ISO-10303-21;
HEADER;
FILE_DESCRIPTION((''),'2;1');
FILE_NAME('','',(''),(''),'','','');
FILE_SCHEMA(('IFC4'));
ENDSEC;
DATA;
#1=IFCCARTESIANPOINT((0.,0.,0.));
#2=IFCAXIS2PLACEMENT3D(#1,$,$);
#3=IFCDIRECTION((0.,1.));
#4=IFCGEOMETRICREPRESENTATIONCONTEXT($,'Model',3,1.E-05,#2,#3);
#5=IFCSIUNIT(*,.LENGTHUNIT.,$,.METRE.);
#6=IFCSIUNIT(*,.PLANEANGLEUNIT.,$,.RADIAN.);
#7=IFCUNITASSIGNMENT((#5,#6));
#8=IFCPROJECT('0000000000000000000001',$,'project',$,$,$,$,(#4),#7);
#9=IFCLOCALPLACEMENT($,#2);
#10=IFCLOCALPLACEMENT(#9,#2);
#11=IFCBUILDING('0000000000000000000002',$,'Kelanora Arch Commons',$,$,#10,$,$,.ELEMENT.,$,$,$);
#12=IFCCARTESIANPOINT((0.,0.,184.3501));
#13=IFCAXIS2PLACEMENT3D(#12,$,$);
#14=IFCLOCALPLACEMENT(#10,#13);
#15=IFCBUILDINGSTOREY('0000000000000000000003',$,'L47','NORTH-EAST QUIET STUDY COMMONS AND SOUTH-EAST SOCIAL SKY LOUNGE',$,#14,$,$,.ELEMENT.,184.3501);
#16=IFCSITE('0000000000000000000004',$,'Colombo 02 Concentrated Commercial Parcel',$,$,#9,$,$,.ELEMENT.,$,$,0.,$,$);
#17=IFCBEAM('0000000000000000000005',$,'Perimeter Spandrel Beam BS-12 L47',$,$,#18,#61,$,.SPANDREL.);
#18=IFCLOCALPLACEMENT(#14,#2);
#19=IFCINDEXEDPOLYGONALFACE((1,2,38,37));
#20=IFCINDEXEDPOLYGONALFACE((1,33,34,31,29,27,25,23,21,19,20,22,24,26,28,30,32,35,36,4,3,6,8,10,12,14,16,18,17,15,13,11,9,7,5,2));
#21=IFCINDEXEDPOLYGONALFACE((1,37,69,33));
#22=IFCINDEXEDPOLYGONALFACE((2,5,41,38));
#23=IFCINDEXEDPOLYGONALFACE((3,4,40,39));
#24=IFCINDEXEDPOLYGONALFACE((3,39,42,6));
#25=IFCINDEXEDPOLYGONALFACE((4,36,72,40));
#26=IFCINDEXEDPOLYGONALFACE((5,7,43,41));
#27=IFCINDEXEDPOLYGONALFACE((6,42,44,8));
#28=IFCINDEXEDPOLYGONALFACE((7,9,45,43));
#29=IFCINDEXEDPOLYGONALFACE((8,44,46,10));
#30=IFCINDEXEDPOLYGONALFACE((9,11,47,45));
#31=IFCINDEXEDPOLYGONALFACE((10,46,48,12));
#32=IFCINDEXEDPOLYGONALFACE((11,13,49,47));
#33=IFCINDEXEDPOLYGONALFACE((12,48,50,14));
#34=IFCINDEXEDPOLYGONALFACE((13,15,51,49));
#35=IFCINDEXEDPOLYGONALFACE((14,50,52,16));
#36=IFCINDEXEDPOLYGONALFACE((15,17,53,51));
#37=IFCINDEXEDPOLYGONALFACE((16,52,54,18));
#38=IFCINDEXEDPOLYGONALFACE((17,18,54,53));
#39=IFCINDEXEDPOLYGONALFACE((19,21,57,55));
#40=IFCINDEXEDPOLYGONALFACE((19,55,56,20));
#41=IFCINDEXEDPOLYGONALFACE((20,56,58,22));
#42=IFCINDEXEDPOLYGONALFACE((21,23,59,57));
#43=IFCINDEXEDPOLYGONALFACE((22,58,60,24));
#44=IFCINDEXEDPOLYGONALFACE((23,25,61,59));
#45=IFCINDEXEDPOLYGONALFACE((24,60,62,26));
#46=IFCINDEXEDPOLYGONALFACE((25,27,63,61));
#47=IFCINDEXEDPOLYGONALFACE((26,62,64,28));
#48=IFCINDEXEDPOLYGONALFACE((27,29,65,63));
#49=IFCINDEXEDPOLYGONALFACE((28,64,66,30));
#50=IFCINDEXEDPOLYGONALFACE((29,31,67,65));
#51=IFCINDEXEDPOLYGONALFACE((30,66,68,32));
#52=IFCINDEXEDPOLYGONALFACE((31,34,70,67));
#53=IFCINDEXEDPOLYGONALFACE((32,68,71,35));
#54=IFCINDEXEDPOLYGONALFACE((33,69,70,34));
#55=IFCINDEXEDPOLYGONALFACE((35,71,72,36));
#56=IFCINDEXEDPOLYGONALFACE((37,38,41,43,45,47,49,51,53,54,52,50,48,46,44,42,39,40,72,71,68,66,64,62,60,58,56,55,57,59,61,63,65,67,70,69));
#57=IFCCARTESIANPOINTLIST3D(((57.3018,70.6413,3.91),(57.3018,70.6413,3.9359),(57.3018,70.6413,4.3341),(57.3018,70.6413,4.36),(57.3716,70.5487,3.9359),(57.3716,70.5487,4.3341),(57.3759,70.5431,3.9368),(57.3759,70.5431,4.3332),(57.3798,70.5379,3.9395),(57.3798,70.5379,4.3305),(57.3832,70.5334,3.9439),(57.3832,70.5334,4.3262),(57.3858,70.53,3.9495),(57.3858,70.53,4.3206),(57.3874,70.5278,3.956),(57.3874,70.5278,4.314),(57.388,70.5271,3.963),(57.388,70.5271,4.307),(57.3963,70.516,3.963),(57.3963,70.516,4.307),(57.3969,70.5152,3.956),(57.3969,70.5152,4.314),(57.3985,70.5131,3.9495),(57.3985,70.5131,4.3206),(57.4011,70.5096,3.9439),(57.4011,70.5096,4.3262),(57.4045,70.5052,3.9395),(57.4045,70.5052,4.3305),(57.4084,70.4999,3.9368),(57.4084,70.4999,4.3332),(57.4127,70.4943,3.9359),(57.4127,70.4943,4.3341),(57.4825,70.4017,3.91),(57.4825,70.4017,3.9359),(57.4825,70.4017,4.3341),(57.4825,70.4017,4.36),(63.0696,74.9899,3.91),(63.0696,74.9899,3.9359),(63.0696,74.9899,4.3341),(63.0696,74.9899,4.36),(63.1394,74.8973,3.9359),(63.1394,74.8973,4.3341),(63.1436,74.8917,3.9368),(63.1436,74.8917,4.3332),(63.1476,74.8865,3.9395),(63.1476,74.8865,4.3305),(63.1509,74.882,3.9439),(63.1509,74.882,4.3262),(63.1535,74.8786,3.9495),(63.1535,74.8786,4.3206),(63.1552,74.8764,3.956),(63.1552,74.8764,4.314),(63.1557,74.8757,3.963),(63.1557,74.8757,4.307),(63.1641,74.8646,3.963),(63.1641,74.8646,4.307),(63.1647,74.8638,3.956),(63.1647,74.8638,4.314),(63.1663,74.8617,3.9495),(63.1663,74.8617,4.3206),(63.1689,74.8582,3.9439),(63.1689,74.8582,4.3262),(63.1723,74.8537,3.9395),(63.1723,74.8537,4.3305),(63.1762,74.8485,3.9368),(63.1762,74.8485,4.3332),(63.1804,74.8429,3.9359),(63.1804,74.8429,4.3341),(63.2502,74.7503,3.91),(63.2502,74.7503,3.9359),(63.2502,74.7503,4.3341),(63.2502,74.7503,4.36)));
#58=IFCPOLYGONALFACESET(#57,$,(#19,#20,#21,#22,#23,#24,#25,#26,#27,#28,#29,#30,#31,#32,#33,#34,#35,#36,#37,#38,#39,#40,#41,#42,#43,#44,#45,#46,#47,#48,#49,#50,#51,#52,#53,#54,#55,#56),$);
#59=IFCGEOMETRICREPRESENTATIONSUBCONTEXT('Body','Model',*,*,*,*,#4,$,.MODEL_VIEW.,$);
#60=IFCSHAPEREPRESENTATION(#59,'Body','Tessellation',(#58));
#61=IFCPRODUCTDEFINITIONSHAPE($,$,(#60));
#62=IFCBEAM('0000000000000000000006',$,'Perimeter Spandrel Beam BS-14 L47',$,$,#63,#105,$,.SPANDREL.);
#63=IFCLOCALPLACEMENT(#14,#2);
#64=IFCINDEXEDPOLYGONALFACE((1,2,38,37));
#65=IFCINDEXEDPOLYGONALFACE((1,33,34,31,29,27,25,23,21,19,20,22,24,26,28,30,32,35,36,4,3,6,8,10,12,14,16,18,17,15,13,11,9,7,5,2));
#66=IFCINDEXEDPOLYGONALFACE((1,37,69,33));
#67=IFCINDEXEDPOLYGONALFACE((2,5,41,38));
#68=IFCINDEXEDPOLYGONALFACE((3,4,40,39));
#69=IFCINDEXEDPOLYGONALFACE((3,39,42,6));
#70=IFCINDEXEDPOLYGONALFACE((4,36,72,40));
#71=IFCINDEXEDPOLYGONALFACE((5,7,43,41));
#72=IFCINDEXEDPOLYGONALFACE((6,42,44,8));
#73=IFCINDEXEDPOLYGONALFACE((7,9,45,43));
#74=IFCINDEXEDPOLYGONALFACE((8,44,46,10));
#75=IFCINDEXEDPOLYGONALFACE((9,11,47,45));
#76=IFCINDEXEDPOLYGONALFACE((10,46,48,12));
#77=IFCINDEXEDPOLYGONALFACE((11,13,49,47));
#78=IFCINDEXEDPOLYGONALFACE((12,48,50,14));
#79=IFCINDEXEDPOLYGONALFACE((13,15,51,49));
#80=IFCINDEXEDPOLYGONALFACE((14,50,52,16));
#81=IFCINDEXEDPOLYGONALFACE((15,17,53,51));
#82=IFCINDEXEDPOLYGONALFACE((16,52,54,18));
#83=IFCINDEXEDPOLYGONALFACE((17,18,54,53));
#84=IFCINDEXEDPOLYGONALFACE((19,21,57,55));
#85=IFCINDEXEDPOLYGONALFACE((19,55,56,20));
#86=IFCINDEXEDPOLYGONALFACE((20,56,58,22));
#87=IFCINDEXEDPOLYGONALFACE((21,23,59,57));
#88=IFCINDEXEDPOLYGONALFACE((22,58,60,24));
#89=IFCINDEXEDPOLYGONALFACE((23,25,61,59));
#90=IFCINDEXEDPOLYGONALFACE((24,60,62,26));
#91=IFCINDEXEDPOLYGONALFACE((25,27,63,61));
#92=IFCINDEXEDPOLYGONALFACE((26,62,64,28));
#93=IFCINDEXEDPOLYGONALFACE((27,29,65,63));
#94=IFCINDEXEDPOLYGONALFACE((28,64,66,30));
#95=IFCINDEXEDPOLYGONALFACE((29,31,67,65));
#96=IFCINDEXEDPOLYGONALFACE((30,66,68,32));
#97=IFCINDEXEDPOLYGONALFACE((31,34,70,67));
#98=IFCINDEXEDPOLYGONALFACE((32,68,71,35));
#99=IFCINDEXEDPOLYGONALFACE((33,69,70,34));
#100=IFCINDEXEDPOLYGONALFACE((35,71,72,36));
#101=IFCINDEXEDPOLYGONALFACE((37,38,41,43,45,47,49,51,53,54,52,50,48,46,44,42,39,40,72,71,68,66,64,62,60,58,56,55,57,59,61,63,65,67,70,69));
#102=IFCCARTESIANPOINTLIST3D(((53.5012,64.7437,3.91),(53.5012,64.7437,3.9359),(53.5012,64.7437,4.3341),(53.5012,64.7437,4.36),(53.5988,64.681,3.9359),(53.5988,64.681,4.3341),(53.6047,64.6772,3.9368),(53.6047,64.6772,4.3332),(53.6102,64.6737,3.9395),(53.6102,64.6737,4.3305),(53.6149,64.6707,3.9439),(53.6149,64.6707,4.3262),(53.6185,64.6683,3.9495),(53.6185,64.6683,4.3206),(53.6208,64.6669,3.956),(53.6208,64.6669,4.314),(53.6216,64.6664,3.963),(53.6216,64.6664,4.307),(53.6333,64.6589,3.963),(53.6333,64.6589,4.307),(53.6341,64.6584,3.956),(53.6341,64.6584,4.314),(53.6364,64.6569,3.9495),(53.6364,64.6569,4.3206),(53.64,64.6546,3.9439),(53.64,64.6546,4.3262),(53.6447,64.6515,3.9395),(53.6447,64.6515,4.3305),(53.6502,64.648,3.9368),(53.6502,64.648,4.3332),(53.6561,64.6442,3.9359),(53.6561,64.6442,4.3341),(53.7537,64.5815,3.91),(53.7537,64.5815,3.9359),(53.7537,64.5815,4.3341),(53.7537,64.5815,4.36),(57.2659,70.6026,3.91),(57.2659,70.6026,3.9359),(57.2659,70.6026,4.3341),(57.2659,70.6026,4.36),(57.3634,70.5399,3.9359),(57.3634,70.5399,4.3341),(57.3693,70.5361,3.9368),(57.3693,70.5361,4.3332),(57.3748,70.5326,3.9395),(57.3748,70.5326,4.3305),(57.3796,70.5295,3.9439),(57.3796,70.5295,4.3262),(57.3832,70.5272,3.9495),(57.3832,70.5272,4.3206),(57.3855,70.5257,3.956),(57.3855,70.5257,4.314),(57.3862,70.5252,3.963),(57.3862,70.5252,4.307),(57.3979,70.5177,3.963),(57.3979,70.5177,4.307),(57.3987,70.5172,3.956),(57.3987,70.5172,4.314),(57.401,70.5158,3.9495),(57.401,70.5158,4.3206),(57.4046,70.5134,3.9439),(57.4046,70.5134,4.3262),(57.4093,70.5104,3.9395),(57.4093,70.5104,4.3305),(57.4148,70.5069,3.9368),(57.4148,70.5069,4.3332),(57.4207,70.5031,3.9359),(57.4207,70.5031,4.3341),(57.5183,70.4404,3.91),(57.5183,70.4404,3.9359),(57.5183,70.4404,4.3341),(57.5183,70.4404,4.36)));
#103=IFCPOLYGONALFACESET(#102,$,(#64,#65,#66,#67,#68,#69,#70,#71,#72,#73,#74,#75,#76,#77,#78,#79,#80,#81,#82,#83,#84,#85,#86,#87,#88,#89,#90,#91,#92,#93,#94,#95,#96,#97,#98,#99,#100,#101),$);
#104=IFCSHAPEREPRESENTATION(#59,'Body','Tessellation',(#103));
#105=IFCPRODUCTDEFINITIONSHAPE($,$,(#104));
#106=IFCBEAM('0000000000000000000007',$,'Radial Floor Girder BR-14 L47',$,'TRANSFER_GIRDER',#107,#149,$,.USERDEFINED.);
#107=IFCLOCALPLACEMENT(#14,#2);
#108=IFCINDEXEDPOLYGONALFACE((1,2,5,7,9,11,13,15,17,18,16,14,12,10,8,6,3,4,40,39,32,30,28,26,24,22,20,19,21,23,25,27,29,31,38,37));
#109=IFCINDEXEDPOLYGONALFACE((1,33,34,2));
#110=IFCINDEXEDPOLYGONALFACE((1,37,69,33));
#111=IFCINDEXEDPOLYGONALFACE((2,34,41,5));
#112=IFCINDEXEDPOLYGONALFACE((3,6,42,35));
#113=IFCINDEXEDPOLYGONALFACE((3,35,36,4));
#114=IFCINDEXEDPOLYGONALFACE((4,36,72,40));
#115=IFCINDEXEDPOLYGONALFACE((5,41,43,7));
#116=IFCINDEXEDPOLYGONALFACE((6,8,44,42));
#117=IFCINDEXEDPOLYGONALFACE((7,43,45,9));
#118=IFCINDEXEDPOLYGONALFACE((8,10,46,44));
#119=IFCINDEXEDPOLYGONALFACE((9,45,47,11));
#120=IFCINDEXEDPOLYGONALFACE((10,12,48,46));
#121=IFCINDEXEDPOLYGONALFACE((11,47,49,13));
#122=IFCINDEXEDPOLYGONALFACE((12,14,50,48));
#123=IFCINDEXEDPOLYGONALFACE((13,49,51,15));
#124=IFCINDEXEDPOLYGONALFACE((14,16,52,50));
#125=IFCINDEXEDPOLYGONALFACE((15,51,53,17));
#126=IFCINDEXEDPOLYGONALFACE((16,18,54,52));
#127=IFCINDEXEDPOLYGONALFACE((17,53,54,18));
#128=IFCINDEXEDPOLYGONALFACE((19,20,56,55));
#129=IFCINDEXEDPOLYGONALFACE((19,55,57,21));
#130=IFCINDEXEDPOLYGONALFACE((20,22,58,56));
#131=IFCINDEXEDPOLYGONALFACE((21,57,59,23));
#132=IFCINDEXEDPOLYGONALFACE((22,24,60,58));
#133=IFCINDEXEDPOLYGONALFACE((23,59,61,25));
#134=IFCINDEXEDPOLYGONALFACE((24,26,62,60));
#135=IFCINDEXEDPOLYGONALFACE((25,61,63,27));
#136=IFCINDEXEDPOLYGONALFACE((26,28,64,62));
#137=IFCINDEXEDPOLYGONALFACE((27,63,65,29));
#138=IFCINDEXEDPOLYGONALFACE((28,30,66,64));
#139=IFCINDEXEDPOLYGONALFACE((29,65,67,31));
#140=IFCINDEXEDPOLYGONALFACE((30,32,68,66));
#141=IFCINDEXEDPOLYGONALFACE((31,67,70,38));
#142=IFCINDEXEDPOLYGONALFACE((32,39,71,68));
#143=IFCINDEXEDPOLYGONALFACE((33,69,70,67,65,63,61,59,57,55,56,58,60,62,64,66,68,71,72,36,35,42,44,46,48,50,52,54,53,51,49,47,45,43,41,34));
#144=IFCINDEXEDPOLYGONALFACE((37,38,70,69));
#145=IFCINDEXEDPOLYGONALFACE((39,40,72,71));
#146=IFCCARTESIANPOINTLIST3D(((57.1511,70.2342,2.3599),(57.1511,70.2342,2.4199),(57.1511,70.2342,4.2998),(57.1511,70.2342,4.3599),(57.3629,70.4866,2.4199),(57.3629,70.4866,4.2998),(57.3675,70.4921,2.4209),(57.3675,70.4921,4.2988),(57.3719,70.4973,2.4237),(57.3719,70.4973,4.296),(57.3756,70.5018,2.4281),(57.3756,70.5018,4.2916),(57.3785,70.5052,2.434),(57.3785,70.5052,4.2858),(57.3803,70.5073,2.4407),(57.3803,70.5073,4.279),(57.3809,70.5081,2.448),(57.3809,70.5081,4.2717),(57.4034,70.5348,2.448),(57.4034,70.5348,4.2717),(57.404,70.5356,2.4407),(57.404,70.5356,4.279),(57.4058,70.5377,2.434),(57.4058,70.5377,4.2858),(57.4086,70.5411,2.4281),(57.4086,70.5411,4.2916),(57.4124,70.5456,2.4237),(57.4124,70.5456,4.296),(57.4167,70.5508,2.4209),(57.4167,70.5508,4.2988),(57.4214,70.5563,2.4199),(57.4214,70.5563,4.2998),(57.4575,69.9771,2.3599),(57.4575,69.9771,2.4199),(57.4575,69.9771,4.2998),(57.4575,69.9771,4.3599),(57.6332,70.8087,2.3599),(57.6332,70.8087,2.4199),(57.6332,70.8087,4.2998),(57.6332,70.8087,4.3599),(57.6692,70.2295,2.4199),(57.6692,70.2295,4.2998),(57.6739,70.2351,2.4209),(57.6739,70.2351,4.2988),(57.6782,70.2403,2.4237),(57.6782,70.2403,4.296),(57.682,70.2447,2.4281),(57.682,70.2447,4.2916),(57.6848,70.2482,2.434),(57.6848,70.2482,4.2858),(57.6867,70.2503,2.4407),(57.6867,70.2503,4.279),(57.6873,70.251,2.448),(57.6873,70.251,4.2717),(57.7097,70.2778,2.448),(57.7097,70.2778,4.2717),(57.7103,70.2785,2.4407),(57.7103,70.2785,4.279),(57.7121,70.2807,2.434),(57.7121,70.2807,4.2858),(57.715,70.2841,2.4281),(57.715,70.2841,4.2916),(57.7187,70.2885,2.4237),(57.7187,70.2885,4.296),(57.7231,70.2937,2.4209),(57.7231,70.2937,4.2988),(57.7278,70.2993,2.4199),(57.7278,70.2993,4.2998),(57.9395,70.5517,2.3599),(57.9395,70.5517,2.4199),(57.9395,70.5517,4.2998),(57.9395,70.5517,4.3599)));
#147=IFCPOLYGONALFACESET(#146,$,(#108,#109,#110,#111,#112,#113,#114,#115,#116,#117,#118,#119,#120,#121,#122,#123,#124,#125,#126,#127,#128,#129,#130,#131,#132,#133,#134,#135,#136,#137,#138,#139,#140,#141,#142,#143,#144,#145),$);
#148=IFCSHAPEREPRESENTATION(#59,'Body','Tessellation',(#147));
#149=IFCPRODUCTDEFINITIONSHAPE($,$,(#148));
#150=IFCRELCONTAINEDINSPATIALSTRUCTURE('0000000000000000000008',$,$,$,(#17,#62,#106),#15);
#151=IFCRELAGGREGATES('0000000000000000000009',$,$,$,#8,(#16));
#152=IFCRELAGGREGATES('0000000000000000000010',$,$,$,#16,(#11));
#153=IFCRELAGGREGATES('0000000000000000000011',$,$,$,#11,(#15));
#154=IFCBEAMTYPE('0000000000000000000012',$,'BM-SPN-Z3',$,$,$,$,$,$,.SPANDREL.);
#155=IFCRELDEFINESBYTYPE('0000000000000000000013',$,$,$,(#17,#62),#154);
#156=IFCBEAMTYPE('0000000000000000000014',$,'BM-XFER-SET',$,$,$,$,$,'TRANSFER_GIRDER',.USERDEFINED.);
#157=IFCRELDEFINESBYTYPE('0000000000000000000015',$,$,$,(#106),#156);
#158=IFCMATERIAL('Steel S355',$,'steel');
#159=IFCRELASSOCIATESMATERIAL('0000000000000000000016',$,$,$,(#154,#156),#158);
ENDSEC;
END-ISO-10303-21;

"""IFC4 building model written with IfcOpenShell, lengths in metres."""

from ifc_helpers import new_model, si_unit, direction, frame, origin, origin_2d, place, context, subcontext, project, spatial, i_section, extrude, material, material_profile, profile_set, type_object, element, save


model = new_model("IFC4")

# Units and contexts
model_context = context("Model", 3, precision=1e-05, world=origin(), true_north=direction((0.0, 1.0)))
body_context = subcontext(model_context, "Body", "Model", "MODEL_VIEW")
ifc_project = project(units=[si_unit("LENGTHUNIT", "METRE"), si_unit("PLANEANGLEUNIT", "RADIAN")], contexts=[model_context])

# Site, building, storey
site_placement = place(None, origin())
site = spatial("IfcSite", under=ifc_project, at=site_placement, Name="Colombo 02 Concentrated Commercial Parcel", CompositionType="ELEMENT", RefElevation=0.0)
building_placement = place(site_placement, origin())
building = spatial("IfcBuilding", under=site, at=building_placement, Name="Kelanora Arch Commons", CompositionType="ELEMENT")
storey_placement = place(building_placement, frame((0.0, 0.0, 184.3501)))
storey = spatial("IfcBuildingStorey", under=building, at=storey_placement, Name="L47", Description="NORTH-EAST QUIET STUDY COMMONS AND SOUTH-EAST SOCIAL SKY LOUNGE", CompositionType="ELEMENT", Elevation=184.3501)

# Beams
ifc_material_1 = material(Name="Steel S355", Category="steel")
ifc_material_profile_1 = material_profile(ifc_material_1, i_section(OverallWidth=0.3, OverallDepth=0.45, WebThickness=0.0139, FlangeThickness=0.0259, FilletRadius=0.0271, at=origin_2d()), Name="HEB450")
ifc_profile_set_1 = profile_set([ifc_material_profile_1], Name="Steel S355")
beam_type_1 = type_object("IfcBeamType", Name="BM-SPN-Z3", PredefinedType="SPANDREL", material=ifc_profile_set_1)
beam_1_placement = place(storey_placement, frame((63.1599, 74.8701, 4.135), z_axis=(-0.798485, -0.602015, 0.0), x_axis=(0.602015, -0.798485, 0.0)))
element("IfcBeam", 1, at=beam_1_placement, inside=storey, type_object=beam_type_1, Name="Perimeter Spandrel Beam BS-12 L47", PredefinedType="SPANDREL", context=body_context, shape_type="SweptSolid", body=[
    extrude(i_section(OverallWidth=0.3, OverallDepth=0.45, WebThickness=0.0139, FlangeThickness=0.0259, FilletRadius=0.0271, at=origin_2d()), origin(), (0.0, 0.0, 1.0), 7.2234),
])
beam_2_placement = place(storey_placement, frame((57.3921, 70.5215, 4.135), z_axis=(-0.540577, -0.841295, 0.0), x_axis=(0.841295, -0.540577, 0.0)))
element("IfcBeam", 2, at=beam_2_placement, inside=storey, type_object=beam_type_1, Name="Perimeter Spandrel Beam BS-14 L47", PredefinedType="SPANDREL", context=body_context, shape_type="SweptSolid", body=[
    extrude(i_section(OverallWidth=0.3, OverallDepth=0.45, WebThickness=0.0139, FlangeThickness=0.0259, FilletRadius=0.0271, at=origin_2d()), origin(), (0.0, 0.0, 1.0), 6.9641),
])
ifc_material_profile_2 = material_profile(ifc_material_1, i_section(OverallWidth=0.75, OverallDepth=2.0, WebThickness=0.0349, FlangeThickness=0.0601, FilletRadius=0.0281, at=origin_2d()), Name="PG2000x750")
ifc_profile_set_2 = profile_set([ifc_material_profile_2], Name="Steel S355")
beam_type_2 = type_object("IfcBeamType", Name="BM-XFER-SET", ElementType="TRANSFER_GIRDER", PredefinedType="USERDEFINED", material=ifc_profile_set_2)
beam_3_placement = place(storey_placement, frame((57.6985, 70.2644, 3.3599), z_axis=(-0.766065, 0.642763, 0.0), x_axis=(-0.642763, -0.766065, 0.0)))
element("IfcBeam", 3, at=beam_3_placement, inside=storey, type_object=beam_type_2, Name="Radial Floor Girder BR-14 L47", ObjectType="TRANSFER_GIRDER", PredefinedType="USERDEFINED", context=body_context, shape_type="SweptSolid", body=[
    extrude(i_section(OverallWidth=0.75, OverallDepth=2.0, WebThickness=0.0349, FlangeThickness=0.0601, FilletRadius=0.0281, at=origin_2d()), origin(), (0.0, 0.0, 1.0), 0.3999),
])

save(model, "model.ifc")
